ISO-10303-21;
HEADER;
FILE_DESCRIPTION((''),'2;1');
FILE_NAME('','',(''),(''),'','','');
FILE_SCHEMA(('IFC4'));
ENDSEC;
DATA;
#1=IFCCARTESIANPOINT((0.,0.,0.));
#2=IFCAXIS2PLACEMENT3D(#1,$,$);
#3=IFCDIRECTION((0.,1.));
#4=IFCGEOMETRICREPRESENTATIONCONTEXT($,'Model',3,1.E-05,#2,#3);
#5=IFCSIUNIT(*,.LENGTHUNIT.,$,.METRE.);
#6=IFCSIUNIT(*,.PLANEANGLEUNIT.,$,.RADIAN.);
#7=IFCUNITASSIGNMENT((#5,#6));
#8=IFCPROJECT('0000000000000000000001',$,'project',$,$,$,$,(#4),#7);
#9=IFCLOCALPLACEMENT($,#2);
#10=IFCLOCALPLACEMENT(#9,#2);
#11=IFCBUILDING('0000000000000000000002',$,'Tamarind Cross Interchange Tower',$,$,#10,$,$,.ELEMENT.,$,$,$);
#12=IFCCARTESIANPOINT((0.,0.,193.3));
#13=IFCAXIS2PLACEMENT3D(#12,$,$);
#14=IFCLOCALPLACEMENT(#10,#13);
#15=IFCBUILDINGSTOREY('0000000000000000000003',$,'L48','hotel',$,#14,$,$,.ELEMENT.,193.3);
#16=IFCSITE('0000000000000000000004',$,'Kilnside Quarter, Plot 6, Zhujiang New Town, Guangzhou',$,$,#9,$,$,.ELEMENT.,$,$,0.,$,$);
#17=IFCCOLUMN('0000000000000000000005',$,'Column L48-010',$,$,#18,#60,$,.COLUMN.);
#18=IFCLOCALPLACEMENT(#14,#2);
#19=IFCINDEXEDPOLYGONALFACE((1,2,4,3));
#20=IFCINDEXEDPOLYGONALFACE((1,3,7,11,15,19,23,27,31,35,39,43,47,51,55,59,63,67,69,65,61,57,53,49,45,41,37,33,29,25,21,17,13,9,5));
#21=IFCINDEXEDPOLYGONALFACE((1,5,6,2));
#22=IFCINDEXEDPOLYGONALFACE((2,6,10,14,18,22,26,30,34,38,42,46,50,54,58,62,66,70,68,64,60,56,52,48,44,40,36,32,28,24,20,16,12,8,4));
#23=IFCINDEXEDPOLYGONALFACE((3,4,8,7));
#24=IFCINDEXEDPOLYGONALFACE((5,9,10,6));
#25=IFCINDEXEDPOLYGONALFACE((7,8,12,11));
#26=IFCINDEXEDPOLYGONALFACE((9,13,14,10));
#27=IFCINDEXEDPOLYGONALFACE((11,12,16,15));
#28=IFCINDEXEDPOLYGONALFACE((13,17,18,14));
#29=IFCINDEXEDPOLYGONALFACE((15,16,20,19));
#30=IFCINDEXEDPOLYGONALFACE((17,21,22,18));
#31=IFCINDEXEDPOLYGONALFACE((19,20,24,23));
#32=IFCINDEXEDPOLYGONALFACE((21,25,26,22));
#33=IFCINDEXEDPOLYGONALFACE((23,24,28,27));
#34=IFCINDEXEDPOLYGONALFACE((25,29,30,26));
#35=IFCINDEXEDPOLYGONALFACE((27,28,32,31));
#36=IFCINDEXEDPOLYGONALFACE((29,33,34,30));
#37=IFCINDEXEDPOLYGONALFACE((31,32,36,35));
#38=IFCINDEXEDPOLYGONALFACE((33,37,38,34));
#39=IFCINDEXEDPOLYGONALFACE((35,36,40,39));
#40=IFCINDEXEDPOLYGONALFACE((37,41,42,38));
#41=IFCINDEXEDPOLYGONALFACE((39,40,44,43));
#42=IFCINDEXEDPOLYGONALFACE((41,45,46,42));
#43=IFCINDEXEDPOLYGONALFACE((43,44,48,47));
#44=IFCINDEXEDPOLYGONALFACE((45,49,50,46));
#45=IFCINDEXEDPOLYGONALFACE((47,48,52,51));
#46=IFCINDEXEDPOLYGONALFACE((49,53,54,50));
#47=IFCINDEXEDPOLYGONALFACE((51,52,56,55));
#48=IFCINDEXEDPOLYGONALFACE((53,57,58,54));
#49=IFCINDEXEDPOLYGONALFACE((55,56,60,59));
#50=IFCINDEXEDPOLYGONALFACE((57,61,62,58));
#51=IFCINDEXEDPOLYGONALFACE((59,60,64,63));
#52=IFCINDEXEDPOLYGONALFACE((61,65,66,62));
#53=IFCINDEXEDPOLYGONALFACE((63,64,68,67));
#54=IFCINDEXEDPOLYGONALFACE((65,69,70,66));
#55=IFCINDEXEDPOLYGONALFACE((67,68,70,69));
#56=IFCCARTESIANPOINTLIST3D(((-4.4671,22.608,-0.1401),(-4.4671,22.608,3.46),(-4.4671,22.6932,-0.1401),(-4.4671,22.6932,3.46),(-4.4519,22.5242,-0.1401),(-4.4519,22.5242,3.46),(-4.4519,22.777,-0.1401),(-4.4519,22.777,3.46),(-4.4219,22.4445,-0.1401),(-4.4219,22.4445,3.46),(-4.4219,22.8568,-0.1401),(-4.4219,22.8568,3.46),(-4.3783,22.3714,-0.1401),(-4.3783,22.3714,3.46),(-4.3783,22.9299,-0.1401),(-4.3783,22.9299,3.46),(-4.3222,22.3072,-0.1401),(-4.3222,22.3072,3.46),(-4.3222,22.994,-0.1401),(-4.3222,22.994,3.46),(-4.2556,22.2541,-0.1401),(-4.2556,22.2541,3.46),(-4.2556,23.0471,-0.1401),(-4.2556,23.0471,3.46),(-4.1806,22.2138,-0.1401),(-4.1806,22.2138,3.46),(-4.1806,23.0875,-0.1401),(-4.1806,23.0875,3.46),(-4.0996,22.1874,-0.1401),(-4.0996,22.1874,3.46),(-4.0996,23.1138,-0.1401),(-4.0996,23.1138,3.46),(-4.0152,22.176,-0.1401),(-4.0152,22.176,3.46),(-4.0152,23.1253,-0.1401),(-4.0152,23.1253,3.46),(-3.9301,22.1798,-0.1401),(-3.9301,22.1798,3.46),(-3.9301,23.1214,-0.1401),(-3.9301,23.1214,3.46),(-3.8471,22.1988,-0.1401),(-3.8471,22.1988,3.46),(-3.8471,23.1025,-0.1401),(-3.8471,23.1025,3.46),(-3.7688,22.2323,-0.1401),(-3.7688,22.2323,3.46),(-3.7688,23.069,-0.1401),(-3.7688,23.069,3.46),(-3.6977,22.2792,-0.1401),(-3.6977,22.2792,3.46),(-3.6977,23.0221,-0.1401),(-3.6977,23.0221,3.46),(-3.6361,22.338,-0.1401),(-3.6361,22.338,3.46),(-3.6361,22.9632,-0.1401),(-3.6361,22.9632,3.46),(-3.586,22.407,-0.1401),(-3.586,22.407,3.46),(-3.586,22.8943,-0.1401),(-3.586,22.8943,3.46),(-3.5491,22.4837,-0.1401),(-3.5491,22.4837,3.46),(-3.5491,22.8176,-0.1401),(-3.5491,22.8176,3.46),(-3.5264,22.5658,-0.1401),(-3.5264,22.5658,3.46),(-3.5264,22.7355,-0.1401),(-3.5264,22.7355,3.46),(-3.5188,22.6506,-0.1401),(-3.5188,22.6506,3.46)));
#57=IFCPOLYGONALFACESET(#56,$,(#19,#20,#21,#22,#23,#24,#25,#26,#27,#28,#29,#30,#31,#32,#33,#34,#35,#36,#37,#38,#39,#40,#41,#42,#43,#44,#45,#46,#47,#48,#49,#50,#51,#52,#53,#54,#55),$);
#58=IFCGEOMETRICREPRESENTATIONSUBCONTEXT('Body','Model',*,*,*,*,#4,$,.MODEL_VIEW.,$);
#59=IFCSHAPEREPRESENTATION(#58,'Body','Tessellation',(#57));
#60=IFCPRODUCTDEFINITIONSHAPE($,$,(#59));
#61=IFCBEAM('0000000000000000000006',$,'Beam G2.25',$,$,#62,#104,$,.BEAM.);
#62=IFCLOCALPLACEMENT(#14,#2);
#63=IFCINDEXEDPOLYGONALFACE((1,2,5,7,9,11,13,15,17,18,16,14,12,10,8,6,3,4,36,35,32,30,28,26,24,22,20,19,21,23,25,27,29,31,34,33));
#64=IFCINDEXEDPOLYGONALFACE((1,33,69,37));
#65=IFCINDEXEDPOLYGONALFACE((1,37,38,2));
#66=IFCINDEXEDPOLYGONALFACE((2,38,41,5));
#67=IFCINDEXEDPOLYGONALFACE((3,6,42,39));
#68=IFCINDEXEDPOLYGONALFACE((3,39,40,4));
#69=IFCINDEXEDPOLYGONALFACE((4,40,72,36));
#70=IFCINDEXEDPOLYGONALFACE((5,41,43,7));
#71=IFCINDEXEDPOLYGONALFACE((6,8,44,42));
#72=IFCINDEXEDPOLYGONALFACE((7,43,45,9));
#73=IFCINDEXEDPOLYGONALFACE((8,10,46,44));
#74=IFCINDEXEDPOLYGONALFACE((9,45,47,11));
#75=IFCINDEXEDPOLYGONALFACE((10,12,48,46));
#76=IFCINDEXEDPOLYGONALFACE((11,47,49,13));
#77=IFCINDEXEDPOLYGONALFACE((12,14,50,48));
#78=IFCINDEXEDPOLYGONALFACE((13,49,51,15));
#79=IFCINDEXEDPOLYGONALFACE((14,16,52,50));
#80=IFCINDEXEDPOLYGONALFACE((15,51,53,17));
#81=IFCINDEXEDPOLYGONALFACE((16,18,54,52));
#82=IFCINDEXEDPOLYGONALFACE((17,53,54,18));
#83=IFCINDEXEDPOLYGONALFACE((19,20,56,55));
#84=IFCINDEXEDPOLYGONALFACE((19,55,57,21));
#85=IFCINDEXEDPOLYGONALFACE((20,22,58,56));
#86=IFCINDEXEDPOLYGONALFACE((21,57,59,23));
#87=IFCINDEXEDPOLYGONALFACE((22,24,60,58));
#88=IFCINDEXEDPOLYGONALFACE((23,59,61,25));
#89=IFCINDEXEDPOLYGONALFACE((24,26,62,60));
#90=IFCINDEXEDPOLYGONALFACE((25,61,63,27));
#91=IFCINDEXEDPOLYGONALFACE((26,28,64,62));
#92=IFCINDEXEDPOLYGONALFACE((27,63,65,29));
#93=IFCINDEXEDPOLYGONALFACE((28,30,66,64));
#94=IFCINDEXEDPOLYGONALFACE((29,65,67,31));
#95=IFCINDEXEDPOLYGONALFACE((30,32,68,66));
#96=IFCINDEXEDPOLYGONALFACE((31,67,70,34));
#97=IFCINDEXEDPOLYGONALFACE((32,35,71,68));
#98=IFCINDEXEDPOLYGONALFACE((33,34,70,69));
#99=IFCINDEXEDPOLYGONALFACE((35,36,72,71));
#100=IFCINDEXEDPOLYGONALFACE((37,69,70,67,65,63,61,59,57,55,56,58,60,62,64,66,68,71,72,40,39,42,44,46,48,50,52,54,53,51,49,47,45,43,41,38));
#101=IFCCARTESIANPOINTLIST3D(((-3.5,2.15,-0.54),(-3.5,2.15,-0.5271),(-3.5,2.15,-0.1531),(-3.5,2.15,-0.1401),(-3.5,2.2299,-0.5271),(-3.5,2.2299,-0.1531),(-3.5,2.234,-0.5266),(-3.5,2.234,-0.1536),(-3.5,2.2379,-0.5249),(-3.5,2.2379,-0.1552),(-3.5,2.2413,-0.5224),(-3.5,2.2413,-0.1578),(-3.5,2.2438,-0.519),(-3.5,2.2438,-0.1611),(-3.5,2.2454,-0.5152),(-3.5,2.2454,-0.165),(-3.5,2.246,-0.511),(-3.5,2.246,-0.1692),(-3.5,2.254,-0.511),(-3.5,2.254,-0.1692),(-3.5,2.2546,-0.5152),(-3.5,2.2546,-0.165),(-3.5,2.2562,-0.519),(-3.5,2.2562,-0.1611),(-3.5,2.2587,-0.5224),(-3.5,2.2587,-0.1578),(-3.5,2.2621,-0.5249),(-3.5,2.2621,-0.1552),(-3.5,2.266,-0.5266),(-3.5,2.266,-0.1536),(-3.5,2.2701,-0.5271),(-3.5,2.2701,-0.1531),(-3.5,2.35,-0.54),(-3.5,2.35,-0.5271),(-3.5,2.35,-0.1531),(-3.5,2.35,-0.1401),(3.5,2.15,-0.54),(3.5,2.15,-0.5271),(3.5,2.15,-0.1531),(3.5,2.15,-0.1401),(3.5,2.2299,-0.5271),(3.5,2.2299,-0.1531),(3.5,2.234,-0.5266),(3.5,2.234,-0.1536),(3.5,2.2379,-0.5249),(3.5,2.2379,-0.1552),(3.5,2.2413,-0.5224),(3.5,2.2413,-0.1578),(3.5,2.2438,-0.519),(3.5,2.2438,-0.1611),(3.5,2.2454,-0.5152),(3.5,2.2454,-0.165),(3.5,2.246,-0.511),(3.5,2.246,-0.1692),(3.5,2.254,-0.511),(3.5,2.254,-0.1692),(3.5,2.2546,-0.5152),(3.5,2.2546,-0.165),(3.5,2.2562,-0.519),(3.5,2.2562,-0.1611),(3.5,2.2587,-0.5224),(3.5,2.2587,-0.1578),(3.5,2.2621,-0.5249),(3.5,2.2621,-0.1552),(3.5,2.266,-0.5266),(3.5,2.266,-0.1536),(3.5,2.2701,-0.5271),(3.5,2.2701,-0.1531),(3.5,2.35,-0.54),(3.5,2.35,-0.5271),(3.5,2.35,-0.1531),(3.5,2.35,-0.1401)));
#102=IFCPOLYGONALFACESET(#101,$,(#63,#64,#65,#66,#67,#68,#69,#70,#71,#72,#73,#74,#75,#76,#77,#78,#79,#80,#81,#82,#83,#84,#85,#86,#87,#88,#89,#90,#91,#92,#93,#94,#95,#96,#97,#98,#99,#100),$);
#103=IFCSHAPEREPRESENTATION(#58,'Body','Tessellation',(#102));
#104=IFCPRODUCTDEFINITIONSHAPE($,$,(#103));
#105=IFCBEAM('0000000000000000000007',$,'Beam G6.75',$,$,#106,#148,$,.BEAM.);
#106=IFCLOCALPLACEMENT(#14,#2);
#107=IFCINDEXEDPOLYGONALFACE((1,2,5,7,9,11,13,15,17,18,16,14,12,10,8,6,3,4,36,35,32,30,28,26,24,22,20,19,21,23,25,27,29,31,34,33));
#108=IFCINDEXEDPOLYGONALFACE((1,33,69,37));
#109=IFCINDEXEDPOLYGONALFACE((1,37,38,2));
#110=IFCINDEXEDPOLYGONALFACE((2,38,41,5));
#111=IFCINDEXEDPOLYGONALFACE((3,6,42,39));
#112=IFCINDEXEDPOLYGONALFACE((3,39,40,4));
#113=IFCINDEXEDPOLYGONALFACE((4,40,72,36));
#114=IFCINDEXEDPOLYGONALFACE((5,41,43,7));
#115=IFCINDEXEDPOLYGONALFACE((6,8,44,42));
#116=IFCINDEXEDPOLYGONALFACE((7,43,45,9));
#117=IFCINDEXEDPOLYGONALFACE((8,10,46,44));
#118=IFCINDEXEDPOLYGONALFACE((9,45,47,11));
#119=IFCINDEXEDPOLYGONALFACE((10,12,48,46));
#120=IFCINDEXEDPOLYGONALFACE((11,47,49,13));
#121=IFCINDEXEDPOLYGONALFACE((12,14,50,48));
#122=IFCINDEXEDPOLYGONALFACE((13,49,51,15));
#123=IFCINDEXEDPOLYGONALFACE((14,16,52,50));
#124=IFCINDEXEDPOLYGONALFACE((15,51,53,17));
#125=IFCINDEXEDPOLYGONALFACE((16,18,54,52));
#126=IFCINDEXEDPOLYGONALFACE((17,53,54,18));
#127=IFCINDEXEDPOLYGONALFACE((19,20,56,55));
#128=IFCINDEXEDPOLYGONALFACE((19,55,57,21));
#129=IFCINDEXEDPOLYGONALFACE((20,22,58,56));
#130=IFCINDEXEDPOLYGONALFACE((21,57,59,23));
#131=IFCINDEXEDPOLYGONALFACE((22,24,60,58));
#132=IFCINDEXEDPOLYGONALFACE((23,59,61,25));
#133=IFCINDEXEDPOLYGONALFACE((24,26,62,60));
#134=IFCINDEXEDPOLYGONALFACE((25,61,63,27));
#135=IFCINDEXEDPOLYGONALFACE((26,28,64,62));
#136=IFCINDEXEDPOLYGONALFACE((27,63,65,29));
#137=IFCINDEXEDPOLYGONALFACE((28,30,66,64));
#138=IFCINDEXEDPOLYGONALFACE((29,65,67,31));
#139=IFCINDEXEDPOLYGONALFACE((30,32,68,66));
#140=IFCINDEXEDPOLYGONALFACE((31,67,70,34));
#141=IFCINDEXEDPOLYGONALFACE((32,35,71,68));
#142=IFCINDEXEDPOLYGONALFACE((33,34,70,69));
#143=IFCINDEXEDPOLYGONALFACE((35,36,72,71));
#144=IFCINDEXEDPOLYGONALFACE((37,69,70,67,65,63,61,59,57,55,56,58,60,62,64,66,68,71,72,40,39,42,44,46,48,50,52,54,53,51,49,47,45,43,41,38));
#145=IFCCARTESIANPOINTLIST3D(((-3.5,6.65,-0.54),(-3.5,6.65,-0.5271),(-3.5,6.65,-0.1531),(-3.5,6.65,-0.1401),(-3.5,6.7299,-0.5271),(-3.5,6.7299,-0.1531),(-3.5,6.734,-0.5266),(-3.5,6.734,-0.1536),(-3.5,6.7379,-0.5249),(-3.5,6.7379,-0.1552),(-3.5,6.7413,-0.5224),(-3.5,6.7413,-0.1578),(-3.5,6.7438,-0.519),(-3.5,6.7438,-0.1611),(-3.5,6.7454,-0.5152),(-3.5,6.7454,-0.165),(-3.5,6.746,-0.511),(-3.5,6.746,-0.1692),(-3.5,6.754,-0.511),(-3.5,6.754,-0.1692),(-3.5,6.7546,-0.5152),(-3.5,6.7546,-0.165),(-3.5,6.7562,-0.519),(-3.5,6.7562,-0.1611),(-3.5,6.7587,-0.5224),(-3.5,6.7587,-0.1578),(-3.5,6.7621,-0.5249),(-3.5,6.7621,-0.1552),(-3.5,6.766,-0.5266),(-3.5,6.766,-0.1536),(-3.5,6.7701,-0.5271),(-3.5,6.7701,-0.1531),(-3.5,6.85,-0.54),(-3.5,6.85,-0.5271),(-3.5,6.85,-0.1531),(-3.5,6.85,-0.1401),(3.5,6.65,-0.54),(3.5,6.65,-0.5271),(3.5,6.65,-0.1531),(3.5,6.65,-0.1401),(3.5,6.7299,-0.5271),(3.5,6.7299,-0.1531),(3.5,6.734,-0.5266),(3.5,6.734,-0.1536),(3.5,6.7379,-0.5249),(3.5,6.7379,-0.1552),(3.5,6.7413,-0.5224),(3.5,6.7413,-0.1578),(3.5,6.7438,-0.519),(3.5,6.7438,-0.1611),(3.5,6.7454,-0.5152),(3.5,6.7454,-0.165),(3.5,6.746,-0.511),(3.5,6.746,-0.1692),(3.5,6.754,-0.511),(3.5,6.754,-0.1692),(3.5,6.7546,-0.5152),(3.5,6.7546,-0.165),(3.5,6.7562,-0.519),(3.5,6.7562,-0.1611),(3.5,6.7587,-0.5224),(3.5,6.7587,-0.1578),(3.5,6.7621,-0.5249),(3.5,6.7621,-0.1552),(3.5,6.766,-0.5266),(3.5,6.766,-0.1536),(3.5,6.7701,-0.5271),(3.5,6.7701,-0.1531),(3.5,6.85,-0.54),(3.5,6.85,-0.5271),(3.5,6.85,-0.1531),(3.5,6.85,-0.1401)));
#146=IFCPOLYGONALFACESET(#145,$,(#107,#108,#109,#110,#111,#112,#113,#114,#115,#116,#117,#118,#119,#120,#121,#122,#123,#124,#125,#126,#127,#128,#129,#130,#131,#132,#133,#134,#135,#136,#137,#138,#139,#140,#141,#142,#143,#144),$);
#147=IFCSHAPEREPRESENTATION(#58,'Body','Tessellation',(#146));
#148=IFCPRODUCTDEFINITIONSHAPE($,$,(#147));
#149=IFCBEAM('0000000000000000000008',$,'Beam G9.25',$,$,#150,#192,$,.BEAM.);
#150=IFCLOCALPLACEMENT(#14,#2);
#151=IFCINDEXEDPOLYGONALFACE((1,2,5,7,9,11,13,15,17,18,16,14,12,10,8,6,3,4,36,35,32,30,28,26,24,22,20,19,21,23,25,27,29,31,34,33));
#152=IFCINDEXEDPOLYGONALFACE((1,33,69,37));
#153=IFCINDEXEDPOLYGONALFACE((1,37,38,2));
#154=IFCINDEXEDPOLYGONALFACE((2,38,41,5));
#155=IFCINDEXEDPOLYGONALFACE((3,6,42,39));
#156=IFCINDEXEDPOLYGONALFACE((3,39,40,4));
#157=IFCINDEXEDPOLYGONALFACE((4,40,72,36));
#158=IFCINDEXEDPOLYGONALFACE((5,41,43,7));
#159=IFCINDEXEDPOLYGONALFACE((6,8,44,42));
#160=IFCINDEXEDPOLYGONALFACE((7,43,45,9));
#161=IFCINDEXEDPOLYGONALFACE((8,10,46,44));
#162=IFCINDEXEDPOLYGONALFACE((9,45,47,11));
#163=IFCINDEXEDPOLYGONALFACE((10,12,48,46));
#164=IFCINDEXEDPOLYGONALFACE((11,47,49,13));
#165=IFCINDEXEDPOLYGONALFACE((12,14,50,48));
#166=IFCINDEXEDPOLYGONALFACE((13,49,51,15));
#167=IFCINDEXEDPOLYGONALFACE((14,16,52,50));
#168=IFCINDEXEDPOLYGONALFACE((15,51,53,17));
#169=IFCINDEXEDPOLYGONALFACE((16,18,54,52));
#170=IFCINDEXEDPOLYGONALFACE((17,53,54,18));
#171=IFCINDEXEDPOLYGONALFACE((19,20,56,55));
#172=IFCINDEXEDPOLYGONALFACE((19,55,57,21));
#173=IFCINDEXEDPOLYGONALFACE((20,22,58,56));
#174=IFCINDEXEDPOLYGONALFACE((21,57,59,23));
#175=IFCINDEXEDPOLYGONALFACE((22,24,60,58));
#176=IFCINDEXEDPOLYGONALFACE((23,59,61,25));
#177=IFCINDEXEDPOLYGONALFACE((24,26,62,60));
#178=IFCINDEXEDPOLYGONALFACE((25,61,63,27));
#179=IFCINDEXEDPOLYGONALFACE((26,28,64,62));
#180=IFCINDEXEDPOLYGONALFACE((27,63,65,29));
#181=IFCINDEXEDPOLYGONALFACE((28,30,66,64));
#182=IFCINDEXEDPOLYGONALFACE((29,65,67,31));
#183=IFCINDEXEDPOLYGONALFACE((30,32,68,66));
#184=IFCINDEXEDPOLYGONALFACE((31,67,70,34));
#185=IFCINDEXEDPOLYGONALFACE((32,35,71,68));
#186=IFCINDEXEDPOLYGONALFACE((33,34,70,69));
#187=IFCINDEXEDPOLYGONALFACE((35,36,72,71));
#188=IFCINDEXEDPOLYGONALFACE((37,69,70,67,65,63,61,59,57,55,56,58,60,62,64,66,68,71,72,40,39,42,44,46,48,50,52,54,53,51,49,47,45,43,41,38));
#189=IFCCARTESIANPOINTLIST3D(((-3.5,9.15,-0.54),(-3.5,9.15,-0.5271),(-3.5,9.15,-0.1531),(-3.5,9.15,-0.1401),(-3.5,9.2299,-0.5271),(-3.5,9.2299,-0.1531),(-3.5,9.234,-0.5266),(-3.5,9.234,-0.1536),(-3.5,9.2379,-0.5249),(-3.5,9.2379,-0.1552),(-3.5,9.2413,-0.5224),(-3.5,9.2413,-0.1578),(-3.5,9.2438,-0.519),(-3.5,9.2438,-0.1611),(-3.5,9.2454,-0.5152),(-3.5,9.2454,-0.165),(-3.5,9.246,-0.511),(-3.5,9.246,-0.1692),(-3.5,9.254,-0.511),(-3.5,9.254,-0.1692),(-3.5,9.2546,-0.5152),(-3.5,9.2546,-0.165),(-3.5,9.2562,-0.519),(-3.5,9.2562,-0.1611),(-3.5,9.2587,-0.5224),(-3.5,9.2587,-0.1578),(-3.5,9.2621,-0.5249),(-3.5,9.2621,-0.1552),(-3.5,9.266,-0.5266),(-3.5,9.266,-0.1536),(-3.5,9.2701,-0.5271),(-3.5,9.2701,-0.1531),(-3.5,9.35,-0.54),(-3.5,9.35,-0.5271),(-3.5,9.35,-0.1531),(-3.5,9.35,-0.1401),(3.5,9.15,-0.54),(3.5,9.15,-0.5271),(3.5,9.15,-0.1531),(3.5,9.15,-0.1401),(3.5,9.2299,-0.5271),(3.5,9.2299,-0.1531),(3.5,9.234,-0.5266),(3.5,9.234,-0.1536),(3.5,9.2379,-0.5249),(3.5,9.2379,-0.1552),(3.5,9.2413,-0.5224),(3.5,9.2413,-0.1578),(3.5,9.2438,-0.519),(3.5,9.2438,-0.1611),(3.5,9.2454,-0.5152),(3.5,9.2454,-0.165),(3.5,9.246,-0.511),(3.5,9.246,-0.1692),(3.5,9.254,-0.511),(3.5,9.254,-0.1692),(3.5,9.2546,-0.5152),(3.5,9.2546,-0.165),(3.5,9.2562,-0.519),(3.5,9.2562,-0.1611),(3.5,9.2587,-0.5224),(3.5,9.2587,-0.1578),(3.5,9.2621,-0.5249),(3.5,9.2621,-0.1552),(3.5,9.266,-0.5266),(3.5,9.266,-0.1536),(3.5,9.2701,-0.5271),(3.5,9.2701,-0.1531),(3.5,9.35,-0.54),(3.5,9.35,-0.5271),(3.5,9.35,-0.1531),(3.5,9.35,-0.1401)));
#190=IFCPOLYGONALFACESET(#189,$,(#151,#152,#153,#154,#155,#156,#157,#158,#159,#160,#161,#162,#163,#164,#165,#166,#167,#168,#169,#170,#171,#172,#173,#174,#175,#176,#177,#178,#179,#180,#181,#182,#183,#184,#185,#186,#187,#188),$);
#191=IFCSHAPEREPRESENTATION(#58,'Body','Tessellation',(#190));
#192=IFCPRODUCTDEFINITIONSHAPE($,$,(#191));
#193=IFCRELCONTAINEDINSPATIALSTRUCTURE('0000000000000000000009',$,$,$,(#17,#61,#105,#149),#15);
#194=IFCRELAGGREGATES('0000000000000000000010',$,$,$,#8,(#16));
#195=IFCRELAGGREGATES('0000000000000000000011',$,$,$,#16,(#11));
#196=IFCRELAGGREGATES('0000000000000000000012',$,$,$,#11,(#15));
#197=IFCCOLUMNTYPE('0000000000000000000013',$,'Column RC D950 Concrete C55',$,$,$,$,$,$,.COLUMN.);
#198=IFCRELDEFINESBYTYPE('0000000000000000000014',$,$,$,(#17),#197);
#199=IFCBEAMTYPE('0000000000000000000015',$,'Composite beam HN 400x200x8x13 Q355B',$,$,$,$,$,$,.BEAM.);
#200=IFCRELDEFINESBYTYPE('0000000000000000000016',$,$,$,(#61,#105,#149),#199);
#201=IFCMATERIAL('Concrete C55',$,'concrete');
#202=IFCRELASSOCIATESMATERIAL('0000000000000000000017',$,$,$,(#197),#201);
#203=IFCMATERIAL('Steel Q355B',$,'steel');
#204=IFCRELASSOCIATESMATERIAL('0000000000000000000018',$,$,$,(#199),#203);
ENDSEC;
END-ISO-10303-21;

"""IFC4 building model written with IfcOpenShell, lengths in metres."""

from ifc_helpers import new_model, si_unit, direction, frame, origin, origin_2d, place, context, subcontext, project, spatial, circle, i_section, extrude, material, material_profile, profile_set, type_object, element, save


model = new_model("IFC4")

# Units and contexts
model_context = context("Model", 3, precision=1e-05, world=origin(), true_north=direction((0.0, 1.0)))
body_context = subcontext(model_context, "Body", "Model", "MODEL_VIEW")
ifc_project = project(units=[si_unit("LENGTHUNIT", "METRE"), si_unit("PLANEANGLEUNIT", "RADIAN")], contexts=[model_context])

# Site, building, storey
site_placement = place(None, origin())
site = spatial("IfcSite", under=ifc_project, at=site_placement, Name="Kilnside Quarter, Plot 6, Zhujiang New Town, Guangzhou", CompositionType="ELEMENT", RefElevation=0.0)
building_placement = place(site_placement, origin())
building = spatial("IfcBuilding", under=site, at=building_placement, Name="Tamarind Cross Interchange Tower", CompositionType="ELEMENT")
storey_placement = place(building_placement, frame((0.0, 0.0, 193.3)))
storey = spatial("IfcBuildingStorey", under=building, at=storey_placement, Name="L48", Description="hotel", CompositionType="ELEMENT", Elevation=193.3)

# Column
ifc_material_1 = material(Name="Concrete C55", Category="concrete")
ifc_material_profile_1 = material_profile(ifc_material_1, circle(Radius=0.4751, at=origin_2d()), Name="RC D950")
ifc_profile_set_1 = profile_set([ifc_material_profile_1], Name="Concrete C55")
column_type = type_object("IfcColumnType", Name="Column RC D950 Concrete C55", PredefinedType="COLUMN", material=ifc_profile_set_1)
column_placement = place(storey_placement, frame((-3.9939, 22.6506, -0.1401), z_axis=(0.0, 0.0, 1.0), x_axis=(1.0, 0.0, 0.0)))
element("IfcColumn", 1, at=column_placement, inside=storey, type_object=column_type, Name="Column L48-010", PredefinedType="COLUMN", context=body_context, shape_type="SweptSolid", body=[
    extrude(circle(Radius=0.4751, at=origin_2d()), origin(), (0.0, 0.0, 1.0), 3.6001),
])

# Beams
ifc_material_2 = material(Name="Steel Q355B", Category="steel")
ifc_material_profile_2 = material_profile(ifc_material_2, i_section(OverallWidth=0.2, OverallDepth=0.3999, WebThickness=0.0081, FlangeThickness=0.0129, FilletRadius=0.0161, at=origin_2d()), Name="HN 400x200x8x13")
ifc_profile_set_2 = profile_set([ifc_material_profile_2], Name="Steel Q355B")
beam_type_1 = type_object("IfcBeamType", Name="Composite beam HN 400x200x8x13 Q355B", PredefinedType="BEAM", material=ifc_profile_set_2)
for number, where, z_axis, x_axis, name in (
    (2, (-3.5, 2.25, -0.3401), (1.0, 0.0, 0.0), (0.0, 1.0, 0.0), "Beam G2.25"),
    (3, (-3.5, 6.75, -0.3401), (1.0, 0.0, 0.0), (0.0, 1.0, 0.0), "Beam G6.75"),
    (4, (-3.5, 9.25, -0.3401), (1.0, 0.0, 0.0), (0.0, 1.0, 0.0), "Beam G9.25"),
):
    element("IfcBeam", number, at=place(storey_placement, frame(where, z_axis=z_axis, x_axis=x_axis)), inside=storey, type_object=beam_type_1, Name=name, PredefinedType="BEAM", context=body_context, shape_type="SweptSolid", body=[
        extrude(i_section(OverallWidth=0.2, OverallDepth=0.3999, WebThickness=0.0081, FlangeThickness=0.0129, FilletRadius=0.0161, at=origin_2d()), origin(), (0.0, 0.0, 1.0), 7.0),
    ])

save(model, "model.ifc")
